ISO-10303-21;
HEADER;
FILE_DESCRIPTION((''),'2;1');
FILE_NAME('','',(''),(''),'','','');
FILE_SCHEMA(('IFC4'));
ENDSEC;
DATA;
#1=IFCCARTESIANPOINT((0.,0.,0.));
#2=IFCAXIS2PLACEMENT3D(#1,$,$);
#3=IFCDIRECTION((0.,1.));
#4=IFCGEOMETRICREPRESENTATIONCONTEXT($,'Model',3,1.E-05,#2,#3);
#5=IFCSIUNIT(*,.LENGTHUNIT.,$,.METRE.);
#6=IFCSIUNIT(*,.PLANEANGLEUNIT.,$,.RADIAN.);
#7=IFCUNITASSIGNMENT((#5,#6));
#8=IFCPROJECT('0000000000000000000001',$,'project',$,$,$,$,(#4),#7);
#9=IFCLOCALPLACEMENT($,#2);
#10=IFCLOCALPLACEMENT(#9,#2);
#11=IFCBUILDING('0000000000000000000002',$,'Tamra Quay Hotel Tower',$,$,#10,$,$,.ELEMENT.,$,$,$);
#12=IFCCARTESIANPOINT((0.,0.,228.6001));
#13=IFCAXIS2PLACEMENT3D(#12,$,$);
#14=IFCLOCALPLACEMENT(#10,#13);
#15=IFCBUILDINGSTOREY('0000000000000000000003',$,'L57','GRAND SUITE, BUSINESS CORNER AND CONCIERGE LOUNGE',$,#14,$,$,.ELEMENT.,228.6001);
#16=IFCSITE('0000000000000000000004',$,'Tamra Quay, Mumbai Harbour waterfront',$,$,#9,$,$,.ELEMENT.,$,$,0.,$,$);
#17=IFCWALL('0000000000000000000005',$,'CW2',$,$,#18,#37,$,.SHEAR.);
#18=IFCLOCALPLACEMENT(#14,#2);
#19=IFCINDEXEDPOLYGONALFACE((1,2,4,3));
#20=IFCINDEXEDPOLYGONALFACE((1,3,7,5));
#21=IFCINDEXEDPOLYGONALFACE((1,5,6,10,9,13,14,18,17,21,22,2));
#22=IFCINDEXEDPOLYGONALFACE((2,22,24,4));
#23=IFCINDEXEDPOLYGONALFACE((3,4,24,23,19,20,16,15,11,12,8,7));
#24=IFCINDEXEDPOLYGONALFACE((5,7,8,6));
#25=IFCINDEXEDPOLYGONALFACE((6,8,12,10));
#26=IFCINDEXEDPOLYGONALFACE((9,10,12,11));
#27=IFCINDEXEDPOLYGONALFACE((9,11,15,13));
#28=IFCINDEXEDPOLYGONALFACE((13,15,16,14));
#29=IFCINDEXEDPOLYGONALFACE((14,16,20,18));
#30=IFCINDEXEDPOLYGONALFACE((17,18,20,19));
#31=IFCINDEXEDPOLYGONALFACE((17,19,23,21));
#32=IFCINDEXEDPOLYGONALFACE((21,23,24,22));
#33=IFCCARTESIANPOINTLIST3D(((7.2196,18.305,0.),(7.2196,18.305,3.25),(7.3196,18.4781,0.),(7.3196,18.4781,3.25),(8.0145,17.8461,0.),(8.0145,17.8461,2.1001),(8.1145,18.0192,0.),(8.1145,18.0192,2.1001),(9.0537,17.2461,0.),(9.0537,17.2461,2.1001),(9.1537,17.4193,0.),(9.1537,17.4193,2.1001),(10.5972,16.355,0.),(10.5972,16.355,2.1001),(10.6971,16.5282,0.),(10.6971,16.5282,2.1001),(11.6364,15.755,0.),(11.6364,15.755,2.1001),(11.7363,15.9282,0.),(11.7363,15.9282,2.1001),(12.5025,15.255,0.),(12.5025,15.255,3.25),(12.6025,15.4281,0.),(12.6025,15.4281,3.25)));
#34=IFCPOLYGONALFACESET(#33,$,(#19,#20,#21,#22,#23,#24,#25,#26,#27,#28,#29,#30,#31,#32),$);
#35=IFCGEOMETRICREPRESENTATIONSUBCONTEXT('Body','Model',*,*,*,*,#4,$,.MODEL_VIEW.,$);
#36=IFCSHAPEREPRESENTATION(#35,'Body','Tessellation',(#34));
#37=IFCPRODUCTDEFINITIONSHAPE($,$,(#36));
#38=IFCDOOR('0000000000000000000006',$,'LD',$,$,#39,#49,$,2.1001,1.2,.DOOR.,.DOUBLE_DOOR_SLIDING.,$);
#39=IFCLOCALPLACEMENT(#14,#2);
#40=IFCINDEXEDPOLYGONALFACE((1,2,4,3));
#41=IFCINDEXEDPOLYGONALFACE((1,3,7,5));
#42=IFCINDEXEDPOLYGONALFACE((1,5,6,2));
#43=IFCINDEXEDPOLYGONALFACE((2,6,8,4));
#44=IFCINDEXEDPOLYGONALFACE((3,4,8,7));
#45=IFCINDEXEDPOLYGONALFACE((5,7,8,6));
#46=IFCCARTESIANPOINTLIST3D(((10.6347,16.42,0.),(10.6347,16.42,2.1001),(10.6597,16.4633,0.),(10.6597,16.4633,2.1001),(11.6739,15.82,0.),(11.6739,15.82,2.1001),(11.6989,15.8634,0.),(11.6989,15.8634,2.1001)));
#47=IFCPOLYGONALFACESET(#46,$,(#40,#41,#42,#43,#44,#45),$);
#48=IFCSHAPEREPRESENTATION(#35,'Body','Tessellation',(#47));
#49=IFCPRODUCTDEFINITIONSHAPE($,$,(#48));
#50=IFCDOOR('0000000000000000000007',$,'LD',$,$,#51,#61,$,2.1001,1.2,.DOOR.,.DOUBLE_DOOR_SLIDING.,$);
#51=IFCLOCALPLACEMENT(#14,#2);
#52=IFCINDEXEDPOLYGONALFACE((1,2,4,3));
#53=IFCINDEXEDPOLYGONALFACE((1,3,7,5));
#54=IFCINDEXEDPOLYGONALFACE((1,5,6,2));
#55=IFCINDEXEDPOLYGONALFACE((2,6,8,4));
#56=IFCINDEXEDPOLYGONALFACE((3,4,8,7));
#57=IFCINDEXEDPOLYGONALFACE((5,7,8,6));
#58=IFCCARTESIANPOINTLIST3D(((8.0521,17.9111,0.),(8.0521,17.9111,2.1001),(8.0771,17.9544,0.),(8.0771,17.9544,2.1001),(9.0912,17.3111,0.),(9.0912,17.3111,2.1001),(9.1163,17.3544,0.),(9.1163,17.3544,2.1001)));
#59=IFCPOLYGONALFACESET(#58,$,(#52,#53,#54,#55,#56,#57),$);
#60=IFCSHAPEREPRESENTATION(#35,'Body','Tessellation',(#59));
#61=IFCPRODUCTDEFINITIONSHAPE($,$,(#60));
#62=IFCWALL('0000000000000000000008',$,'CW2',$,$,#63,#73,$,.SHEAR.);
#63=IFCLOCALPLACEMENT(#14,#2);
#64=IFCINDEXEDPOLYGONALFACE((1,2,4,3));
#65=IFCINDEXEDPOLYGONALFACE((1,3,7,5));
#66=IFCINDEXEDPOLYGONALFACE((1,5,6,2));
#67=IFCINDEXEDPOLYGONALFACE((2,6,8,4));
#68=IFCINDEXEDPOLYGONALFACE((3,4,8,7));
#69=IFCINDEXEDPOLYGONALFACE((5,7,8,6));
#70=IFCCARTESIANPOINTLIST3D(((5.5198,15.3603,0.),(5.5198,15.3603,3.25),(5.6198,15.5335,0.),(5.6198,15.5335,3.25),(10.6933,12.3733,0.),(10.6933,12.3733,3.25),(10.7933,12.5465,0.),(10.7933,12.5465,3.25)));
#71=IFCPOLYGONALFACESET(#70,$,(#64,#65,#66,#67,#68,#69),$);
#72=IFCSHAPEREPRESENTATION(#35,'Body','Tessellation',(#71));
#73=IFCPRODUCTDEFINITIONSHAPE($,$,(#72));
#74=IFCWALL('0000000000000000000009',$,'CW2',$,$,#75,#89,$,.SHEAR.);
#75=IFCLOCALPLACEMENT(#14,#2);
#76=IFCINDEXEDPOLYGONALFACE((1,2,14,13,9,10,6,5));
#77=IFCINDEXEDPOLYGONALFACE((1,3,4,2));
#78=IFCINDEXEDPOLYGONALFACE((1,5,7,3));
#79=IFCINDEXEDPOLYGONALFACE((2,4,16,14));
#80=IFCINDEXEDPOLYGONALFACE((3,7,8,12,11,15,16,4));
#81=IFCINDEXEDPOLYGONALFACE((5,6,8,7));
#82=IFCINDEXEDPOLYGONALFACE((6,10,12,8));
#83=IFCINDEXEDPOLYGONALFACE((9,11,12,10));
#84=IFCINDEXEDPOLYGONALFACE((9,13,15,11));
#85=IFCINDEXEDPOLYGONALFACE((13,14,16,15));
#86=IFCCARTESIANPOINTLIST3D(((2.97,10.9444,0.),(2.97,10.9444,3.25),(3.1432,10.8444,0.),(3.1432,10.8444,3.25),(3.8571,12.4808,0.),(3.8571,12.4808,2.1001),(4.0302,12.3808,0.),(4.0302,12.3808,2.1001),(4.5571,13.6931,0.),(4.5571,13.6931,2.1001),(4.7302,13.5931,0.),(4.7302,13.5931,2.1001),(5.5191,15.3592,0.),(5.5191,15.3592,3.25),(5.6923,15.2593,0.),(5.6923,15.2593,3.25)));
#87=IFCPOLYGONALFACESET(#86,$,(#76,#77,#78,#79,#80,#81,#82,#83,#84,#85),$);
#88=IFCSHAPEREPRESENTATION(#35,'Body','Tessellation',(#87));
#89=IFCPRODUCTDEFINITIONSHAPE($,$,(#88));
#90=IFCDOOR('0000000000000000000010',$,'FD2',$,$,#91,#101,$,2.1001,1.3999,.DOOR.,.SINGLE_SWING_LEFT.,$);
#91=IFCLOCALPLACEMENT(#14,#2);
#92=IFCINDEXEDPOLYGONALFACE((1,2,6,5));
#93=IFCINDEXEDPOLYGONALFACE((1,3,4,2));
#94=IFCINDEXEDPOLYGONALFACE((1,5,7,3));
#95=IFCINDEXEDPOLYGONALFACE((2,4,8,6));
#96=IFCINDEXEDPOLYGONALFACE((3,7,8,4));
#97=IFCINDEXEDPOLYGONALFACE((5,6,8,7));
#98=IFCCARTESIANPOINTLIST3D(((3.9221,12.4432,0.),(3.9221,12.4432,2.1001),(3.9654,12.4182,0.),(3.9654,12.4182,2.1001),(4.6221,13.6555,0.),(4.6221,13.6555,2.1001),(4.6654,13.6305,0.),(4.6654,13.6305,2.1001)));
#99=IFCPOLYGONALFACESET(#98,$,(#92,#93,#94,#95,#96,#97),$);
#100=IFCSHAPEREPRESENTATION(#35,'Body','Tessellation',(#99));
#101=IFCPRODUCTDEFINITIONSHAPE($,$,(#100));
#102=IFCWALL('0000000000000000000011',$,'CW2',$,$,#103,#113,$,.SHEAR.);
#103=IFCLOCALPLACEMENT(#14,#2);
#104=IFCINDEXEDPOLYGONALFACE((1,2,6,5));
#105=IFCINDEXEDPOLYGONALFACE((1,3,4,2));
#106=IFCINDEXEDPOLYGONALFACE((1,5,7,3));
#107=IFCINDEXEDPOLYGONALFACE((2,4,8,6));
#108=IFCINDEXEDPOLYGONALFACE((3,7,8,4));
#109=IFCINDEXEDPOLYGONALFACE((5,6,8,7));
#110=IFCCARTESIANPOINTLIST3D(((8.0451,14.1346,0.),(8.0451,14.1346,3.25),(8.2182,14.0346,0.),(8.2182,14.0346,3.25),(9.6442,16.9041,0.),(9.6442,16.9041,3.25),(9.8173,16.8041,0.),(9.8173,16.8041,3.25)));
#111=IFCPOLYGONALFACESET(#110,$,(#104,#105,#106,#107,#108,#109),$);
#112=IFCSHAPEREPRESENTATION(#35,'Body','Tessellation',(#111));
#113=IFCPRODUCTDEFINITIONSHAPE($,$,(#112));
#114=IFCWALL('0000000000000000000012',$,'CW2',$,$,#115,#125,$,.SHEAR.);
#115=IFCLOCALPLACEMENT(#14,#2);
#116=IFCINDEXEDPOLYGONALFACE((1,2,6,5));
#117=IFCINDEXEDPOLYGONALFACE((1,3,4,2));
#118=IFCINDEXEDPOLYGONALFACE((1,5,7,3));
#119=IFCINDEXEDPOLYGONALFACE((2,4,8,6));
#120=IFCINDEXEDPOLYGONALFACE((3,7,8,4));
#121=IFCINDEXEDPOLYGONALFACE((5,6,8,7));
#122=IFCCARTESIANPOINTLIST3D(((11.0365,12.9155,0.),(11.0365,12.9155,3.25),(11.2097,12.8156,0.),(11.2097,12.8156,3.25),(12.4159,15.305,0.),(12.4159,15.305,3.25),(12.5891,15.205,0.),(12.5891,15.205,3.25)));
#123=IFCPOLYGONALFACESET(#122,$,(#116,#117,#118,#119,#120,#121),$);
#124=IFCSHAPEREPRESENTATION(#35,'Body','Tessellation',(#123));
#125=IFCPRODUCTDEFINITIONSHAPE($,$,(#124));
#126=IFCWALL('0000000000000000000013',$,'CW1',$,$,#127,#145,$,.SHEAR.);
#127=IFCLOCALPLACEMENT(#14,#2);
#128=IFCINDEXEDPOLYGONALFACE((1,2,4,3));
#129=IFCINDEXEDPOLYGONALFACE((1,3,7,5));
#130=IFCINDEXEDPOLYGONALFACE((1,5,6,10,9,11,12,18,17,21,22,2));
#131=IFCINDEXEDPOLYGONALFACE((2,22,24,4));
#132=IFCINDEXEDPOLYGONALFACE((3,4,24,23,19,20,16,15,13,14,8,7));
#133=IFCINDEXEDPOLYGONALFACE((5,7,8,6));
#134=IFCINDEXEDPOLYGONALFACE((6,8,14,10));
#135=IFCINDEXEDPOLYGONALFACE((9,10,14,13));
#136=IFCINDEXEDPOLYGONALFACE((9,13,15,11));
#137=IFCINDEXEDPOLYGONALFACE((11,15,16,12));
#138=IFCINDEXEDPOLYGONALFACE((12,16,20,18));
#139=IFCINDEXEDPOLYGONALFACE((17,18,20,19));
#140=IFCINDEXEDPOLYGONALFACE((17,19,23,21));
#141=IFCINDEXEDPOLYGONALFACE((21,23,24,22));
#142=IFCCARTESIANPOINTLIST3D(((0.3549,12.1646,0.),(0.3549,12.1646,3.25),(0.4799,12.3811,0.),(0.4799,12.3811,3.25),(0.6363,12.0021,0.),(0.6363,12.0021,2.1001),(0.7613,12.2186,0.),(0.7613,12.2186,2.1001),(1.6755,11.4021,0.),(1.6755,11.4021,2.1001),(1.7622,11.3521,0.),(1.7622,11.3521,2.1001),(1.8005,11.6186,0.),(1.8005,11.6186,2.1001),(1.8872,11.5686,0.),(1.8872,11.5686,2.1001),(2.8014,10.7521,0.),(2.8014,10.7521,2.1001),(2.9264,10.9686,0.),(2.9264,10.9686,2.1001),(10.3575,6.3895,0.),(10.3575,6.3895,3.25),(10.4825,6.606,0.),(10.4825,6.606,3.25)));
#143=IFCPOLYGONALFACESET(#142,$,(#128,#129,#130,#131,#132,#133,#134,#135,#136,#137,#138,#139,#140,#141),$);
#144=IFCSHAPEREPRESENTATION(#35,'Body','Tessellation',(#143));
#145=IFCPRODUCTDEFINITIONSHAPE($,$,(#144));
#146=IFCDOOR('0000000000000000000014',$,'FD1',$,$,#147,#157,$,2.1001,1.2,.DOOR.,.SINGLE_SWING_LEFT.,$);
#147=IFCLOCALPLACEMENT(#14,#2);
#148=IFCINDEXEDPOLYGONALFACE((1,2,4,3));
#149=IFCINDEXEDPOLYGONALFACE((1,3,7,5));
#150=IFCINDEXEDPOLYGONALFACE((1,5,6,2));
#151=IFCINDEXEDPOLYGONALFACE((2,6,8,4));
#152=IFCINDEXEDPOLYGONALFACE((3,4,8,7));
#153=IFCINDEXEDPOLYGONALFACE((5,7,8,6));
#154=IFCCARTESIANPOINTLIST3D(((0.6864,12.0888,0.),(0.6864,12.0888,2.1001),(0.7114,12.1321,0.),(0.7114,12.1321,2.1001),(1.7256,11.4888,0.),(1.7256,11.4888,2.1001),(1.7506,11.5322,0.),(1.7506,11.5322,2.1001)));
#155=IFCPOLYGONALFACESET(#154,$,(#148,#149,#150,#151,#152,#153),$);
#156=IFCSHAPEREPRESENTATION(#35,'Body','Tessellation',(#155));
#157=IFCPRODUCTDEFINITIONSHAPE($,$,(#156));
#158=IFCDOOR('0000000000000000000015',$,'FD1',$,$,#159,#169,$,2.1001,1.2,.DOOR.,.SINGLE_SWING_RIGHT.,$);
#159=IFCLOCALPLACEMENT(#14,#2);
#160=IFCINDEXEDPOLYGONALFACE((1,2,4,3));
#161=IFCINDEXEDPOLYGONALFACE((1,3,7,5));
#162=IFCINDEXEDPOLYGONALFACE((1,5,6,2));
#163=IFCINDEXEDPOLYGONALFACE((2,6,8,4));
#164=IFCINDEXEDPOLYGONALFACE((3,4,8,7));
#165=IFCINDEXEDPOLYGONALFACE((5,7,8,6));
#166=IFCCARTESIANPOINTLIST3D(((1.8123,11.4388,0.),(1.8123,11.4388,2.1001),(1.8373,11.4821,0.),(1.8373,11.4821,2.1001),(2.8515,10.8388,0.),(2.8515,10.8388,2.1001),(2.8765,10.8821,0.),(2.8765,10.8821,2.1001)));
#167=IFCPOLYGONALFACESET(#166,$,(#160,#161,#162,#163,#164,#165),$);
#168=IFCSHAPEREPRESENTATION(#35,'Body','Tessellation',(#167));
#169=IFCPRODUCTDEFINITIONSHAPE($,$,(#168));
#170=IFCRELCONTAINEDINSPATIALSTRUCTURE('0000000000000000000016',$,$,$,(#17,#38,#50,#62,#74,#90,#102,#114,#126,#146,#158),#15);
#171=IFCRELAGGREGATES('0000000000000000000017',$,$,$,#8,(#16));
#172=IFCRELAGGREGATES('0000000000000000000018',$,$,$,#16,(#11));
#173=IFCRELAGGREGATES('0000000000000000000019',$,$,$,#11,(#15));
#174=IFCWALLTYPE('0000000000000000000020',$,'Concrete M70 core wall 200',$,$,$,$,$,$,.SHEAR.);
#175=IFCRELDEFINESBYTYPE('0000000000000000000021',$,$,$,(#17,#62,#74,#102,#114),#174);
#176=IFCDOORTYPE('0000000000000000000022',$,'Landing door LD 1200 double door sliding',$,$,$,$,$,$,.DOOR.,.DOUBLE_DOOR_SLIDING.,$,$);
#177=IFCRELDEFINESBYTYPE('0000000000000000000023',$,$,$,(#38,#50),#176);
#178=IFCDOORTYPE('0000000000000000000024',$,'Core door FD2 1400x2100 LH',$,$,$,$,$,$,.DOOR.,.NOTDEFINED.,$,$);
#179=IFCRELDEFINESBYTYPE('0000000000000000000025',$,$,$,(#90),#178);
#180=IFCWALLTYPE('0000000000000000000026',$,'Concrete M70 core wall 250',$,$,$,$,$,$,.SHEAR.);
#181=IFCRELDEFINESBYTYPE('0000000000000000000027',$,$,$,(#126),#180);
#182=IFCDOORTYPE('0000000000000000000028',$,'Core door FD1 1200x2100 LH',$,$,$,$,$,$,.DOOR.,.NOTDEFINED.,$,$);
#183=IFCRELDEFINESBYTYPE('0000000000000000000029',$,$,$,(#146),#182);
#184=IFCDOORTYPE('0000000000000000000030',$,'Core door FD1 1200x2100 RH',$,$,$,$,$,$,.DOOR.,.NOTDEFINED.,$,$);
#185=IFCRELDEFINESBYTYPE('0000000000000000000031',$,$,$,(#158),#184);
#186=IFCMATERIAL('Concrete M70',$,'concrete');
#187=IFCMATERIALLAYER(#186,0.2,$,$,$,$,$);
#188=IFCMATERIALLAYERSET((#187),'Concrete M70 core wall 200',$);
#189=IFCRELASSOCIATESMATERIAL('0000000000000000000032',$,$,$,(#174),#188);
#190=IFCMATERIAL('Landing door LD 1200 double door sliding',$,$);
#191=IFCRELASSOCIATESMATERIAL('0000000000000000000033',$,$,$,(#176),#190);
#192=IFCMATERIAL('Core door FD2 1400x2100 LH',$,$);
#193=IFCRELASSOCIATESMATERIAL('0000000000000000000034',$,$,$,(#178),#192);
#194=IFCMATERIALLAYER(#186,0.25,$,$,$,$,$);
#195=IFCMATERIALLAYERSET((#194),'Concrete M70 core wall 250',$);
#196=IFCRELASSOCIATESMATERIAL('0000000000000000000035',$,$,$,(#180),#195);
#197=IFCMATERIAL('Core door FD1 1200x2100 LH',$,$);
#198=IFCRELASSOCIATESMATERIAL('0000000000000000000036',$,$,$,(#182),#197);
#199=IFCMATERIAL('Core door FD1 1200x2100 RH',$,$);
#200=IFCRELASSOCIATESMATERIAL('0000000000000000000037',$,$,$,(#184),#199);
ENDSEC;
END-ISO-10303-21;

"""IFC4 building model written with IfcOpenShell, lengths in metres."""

from ifc_helpers import new_model, si_unit, direction, frame, frame_2d, origin, place, context, subcontext, project, spatial, rectangle, extrude, material, layer, layer_set, type_object, element, fill, save


model = new_model("IFC4")

# Units and contexts
model_context = context("Model", 3, precision=1e-05, world=origin(), true_north=direction((0.0, 1.0)))
body_context = subcontext(model_context, "Body", "Model", "MODEL_VIEW")
ifc_project = project(units=[si_unit("LENGTHUNIT", "METRE"), si_unit("PLANEANGLEUNIT", "RADIAN")], contexts=[model_context])

# Site, building, storey
site_placement = place(None, origin())
site = spatial("IfcSite", under=ifc_project, at=site_placement, Name="Tamra Quay, Mumbai Harbour waterfront", CompositionType="ELEMENT", RefElevation=0.0)
building_placement = place(site_placement, origin())
building = spatial("IfcBuilding", under=site, at=building_placement, Name="Tamra Quay Hotel Tower", CompositionType="ELEMENT")
storey_placement = place(building_placement, frame((0.0, 0.0, 228.6001)))
storey = spatial("IfcBuildingStorey", under=building, at=storey_placement, Name="L57", Description="GRAND SUITE, BUSINESS CORNER AND CONCIERGE LOUNGE", CompositionType="ELEMENT", Elevation=228.6001)

# Wall, openings, doors
ifc_material_1 = material(Name="Concrete M70", Category="concrete")
ifc_layer_1 = layer(ifc_material_1, 0.2)
ifc_layer_set_1 = layer_set([ifc_layer_1], Name="Concrete M70 core wall 200")
wall_type_1 = type_object("IfcWallType", Name="Concrete M70 core wall 200", PredefinedType="SHEAR", material=ifc_layer_set_1)
wall_1_placement = place(storey_placement, frame((12.5525, 15.3416, 0.0), z_axis=(0.0, 0.0, 1.0), x_axis=(-0.86603, 0.499992, 0.0)))
wall_1 = element("IfcWall", 1, at=wall_1_placement, inside=storey, type_object=wall_type_1, Name="CW2", PredefinedType="SHEAR", context=body_context, shape_type="SweptSolid", body=[
    extrude(rectangle(XDim=6.1001, YDim=0.2, at=frame_2d((3.05, 0.0))), origin(), (0.0, 0.0, 1.0), 3.25),
])
opening_1_placement = place(wall_1_placement, frame((1.0, 0.0, 0.0)))
opening_1 = element("IfcOpeningElement", 2, at=opening_1_placement, cuts=wall_1, PredefinedType="OPENING", context=body_context, shape_type="SweptSolid", body=[
    extrude(rectangle(XDim=1.2, YDim=2.1001, at=frame_2d((0.6001, 1.05))), frame((0.0, 0.1099, 0.0), z_axis=(0.0, -1.0, 0.0), x_axis=(1.0, 0.0, 0.0)), (0.0, 0.0, 1.0), 0.22),
])
opening_2_placement = place(wall_1_placement, frame((3.9822, 0.0, 0.0)))
opening_2 = element("IfcOpeningElement", 3, at=opening_2_placement, cuts=wall_1, PredefinedType="OPENING", context=body_context, shape_type="SweptSolid", body=[
    extrude(rectangle(XDim=1.2, YDim=2.1001, at=frame_2d((0.6001, 1.05))), frame((0.0, 0.1099, 0.0), z_axis=(0.0, -1.0, 0.0), x_axis=(1.0, 0.0, 0.0)), (0.0, 0.0, 1.0), 0.22),
])
ifc_material_2 = material(Name="Landing door LD 1200 double door sliding")
door_type_1 = type_object("IfcDoorType", Name="Landing door LD 1200 double door sliding", OperationType="DOUBLE_DOOR_SLIDING", PredefinedType="DOOR", material=ifc_material_2)
door_1_placement = place(opening_1_placement, origin())
door_1 = element("IfcDoor", 4, at=door_1_placement, inside=storey, type_object=door_type_1, Name="LD", OperationType="DOUBLE_DOOR_SLIDING", OverallHeight=2.1001, OverallWidth=1.2, PredefinedType="DOOR", context=body_context, shape_type="SweptSolid", body=[
    extrude(rectangle(XDim=1.2, YDim=2.1001, at=frame_2d((0.6001, 1.05))), frame((0.0, 0.0249, 0.0), z_axis=(0.0, -1.0, 0.0), x_axis=(1.0, 0.0, 0.0)), (0.0, 0.0, 1.0), 0.05),
])
fill(opening_1, door_1)
door_2_placement = place(opening_2_placement, origin())
door_2 = element("IfcDoor", 5, at=door_2_placement, inside=storey, type_object=door_type_1, Name="LD", OperationType="DOUBLE_DOOR_SLIDING", OverallHeight=2.1001, OverallWidth=1.2, PredefinedType="DOOR", context=body_context, shape_type="SweptSolid", body=[
    extrude(rectangle(XDim=1.2, YDim=2.1001, at=frame_2d((0.6001, 1.05))), frame((0.0, 0.0249, 0.0), z_axis=(0.0, -1.0, 0.0), x_axis=(1.0, 0.0, 0.0)), (0.0, 0.0, 1.0), 0.05),
])
fill(opening_2, door_2)

# Wall
wall_2_placement = place(storey_placement, frame((10.7432, 12.46, 0.0), z_axis=(0.0, 0.0, 1.0), x_axis=(-0.866019, 0.500011, 0.0)))
element("IfcWall", 6, at=wall_2_placement, inside=storey, type_object=wall_type_1, Name="CW2", PredefinedType="SHEAR", context=body_context, shape_type="SweptSolid", body=[
    extrude(rectangle(XDim=5.9739, YDim=0.2, at=frame_2d((2.9868, 0.0))), origin(), (0.0, 0.0, 1.0), 3.25),
])

# Wall, opening, door
wall_3_placement = place(storey_placement, frame((3.0566, 10.8945, 0.0), z_axis=(0.0, 0.0, 1.0), x_axis=(0.500028, 0.866009, 0.0)))
wall_3 = element("IfcWall", 7, at=wall_3_placement, inside=storey, type_object=wall_type_1, Name="CW2", PredefinedType="SHEAR", context=body_context, shape_type="SweptSolid", body=[
    extrude(rectangle(XDim=5.0979, YDim=0.2, at=frame_2d((2.5488, 0.0))), origin(), (0.0, 0.0, 1.0), 3.25),
])
opening_3_placement = place(wall_3_placement, frame((1.7739, 0.0, 0.0)))
opening_3 = element("IfcOpeningElement", 8, at=opening_3_placement, cuts=wall_3, PredefinedType="OPENING", context=body_context, shape_type="SweptSolid", body=[
    extrude(rectangle(XDim=1.3999, YDim=2.1001, at=frame_2d((0.7, 1.05))), frame((0.0, 0.1099, 0.0), z_axis=(0.0, -1.0, 0.0), x_axis=(1.0, 0.0, 0.0)), (0.0, 0.0, 1.0), 0.22),
])
ifc_material_3 = material(Name="Core door FD2 1400x2100 LH")
door_type_2 = type_object("IfcDoorType", Name="Core door FD2 1400x2100 LH", OperationType="NOTDEFINED", PredefinedType="DOOR", material=ifc_material_3)
door_3_placement = place(opening_3_placement, origin())
door_3 = element("IfcDoor", 9, at=door_3_placement, inside=storey, type_object=door_type_2, Name="FD2", OperationType="SINGLE_SWING_LEFT", OverallHeight=2.1001, OverallWidth=1.3999, PredefinedType="DOOR", context=body_context, shape_type="SweptSolid", body=[
    extrude(rectangle(XDim=1.3999, YDim=2.1001, at=frame_2d((0.7, 1.05))), frame((0.0, 0.0249, 0.0), z_axis=(0.0, -1.0, 0.0), x_axis=(1.0, 0.0, 0.0)), (0.0, 0.0, 1.0), 0.05),
])
fill(opening_3, door_3)

# Walls
wall_4_placement = place(storey_placement, frame((8.1316, 14.0845, 0.0), z_axis=(0.0, 0.0, 1.0), x_axis=(0.500031, 0.866008, 0.0)))
element("IfcWall", 10, at=wall_4_placement, inside=storey, type_object=wall_type_1, Name="CW2", PredefinedType="SHEAR", context=body_context, shape_type="SweptSolid", body=[
    extrude(rectangle(XDim=3.198, YDim=0.2, at=frame_2d((1.5991, 0.0))), origin(), (0.0, 0.0, 1.0), 3.25),
])
wall_5_placement = place(storey_placement, frame((12.5024, 15.2549, 0.0), z_axis=(0.0, 0.0, 1.0), x_axis=(-0.499965, -0.866046, 0.0)))
element("IfcWall", 11, at=wall_5_placement, inside=storey, type_object=wall_type_1, Name="CW2", PredefinedType="SHEAR", context=body_context, shape_type="SweptSolid", body=[
    extrude(rectangle(XDim=2.759, YDim=0.2, at=frame_2d((1.3794, 0.0))), origin(), (0.0, 0.0, 1.0), 3.25),
])

# Wall, openings, doors
ifc_layer_2 = layer(ifc_material_1, 0.25)
ifc_layer_set_2 = layer_set([ifc_layer_2], Name="Concrete M70 core wall 250")
wall_type_2 = type_object("IfcWallType", Name="Concrete M70 core wall 250", PredefinedType="SHEAR", material=ifc_layer_set_2)
wall_6_placement = place(storey_placement, frame((10.4199, 6.4978, 0.0), z_axis=(0.0, 0.0, 1.0), x_axis=(-0.866022, 0.500006, 0.0)))
wall_6 = element("IfcWall", 12, at=wall_6_placement, inside=storey, type_object=wall_type_2, Name="CW1", PredefinedType="SHEAR", context=body_context, shape_type="SweptSolid", body=[
    extrude(rectangle(XDim=11.55, YDim=0.25, at=frame_2d((5.7749, 0.0))), origin(), (0.0, 0.0, 1.0), 3.25),
])
opening_4_placement = place(wall_6_placement, frame((10.0249, 0.0, 0.0)))
opening_4 = element("IfcOpeningElement", 13, at=opening_4_placement, cuts=wall_6, PredefinedType="OPENING", context=body_context, shape_type="SweptSolid", body=[
    extrude(rectangle(XDim=1.2, YDim=2.1001, at=frame_2d((0.6001, 1.05))), frame((0.0, 0.135, 0.0), z_axis=(0.0, -1.0, 0.0), x_axis=(1.0, 0.0, 0.0)), (0.0, 0.0, 1.0), 0.27),
])
opening_5_placement = place(wall_6_placement, frame((8.7249, 0.0, 0.0)))
opening_5 = element("IfcOpeningElement", 14, at=opening_5_placement, cuts=wall_6, PredefinedType="OPENING", context=body_context, shape_type="SweptSolid", body=[
    extrude(rectangle(XDim=1.2, YDim=2.1001, at=frame_2d((0.6001, 1.05))), frame((0.0, 0.135, 0.0), z_axis=(0.0, -1.0, 0.0), x_axis=(1.0, 0.0, 0.0)), (0.0, 0.0, 1.0), 0.27),
])
ifc_material_4 = material(Name="Core door FD1 1200x2100 LH")
door_type_3 = type_object("IfcDoorType", Name="Core door FD1 1200x2100 LH", OperationType="NOTDEFINED", PredefinedType="DOOR", material=ifc_material_4)
door_4_placement = place(opening_4_placement, origin())
door_4 = element("IfcDoor", 15, at=door_4_placement, inside=storey, type_object=door_type_3, Name="FD1", OperationType="SINGLE_SWING_LEFT", OverallHeight=2.1001, OverallWidth=1.2, PredefinedType="DOOR", context=body_context, shape_type="SweptSolid", body=[
    extrude(rectangle(XDim=1.2, YDim=2.1001, at=frame_2d((0.6001, 1.05))), frame((0.0, 0.0249, 0.0), z_axis=(0.0, -1.0, 0.0), x_axis=(1.0, 0.0, 0.0)), (0.0, 0.0, 1.0), 0.05),
])
fill(opening_4, door_4)
ifc_material_5 = material(Name="Core door FD1 1200x2100 RH")
door_type_4 = type_object("IfcDoorType", Name="Core door FD1 1200x2100 RH", OperationType="NOTDEFINED", PredefinedType="DOOR", material=ifc_material_5)
door_5_placement = place(opening_5_placement, origin())
door_5 = element("IfcDoor", 16, at=door_5_placement, inside=storey, type_object=door_type_4, Name="FD1", OperationType="SINGLE_SWING_RIGHT", OverallHeight=2.1001, OverallWidth=1.2, PredefinedType="DOOR", context=body_context, shape_type="SweptSolid", body=[
    extrude(rectangle(XDim=1.2, YDim=2.1001, at=frame_2d((0.6001, 1.05))), frame((0.0, 0.0249, 0.0), z_axis=(0.0, -1.0, 0.0), x_axis=(1.0, 0.0, 0.0)), (0.0, 0.0, 1.0), 0.05),
])
fill(opening_5, door_5)

save(model, "model.ifc")
